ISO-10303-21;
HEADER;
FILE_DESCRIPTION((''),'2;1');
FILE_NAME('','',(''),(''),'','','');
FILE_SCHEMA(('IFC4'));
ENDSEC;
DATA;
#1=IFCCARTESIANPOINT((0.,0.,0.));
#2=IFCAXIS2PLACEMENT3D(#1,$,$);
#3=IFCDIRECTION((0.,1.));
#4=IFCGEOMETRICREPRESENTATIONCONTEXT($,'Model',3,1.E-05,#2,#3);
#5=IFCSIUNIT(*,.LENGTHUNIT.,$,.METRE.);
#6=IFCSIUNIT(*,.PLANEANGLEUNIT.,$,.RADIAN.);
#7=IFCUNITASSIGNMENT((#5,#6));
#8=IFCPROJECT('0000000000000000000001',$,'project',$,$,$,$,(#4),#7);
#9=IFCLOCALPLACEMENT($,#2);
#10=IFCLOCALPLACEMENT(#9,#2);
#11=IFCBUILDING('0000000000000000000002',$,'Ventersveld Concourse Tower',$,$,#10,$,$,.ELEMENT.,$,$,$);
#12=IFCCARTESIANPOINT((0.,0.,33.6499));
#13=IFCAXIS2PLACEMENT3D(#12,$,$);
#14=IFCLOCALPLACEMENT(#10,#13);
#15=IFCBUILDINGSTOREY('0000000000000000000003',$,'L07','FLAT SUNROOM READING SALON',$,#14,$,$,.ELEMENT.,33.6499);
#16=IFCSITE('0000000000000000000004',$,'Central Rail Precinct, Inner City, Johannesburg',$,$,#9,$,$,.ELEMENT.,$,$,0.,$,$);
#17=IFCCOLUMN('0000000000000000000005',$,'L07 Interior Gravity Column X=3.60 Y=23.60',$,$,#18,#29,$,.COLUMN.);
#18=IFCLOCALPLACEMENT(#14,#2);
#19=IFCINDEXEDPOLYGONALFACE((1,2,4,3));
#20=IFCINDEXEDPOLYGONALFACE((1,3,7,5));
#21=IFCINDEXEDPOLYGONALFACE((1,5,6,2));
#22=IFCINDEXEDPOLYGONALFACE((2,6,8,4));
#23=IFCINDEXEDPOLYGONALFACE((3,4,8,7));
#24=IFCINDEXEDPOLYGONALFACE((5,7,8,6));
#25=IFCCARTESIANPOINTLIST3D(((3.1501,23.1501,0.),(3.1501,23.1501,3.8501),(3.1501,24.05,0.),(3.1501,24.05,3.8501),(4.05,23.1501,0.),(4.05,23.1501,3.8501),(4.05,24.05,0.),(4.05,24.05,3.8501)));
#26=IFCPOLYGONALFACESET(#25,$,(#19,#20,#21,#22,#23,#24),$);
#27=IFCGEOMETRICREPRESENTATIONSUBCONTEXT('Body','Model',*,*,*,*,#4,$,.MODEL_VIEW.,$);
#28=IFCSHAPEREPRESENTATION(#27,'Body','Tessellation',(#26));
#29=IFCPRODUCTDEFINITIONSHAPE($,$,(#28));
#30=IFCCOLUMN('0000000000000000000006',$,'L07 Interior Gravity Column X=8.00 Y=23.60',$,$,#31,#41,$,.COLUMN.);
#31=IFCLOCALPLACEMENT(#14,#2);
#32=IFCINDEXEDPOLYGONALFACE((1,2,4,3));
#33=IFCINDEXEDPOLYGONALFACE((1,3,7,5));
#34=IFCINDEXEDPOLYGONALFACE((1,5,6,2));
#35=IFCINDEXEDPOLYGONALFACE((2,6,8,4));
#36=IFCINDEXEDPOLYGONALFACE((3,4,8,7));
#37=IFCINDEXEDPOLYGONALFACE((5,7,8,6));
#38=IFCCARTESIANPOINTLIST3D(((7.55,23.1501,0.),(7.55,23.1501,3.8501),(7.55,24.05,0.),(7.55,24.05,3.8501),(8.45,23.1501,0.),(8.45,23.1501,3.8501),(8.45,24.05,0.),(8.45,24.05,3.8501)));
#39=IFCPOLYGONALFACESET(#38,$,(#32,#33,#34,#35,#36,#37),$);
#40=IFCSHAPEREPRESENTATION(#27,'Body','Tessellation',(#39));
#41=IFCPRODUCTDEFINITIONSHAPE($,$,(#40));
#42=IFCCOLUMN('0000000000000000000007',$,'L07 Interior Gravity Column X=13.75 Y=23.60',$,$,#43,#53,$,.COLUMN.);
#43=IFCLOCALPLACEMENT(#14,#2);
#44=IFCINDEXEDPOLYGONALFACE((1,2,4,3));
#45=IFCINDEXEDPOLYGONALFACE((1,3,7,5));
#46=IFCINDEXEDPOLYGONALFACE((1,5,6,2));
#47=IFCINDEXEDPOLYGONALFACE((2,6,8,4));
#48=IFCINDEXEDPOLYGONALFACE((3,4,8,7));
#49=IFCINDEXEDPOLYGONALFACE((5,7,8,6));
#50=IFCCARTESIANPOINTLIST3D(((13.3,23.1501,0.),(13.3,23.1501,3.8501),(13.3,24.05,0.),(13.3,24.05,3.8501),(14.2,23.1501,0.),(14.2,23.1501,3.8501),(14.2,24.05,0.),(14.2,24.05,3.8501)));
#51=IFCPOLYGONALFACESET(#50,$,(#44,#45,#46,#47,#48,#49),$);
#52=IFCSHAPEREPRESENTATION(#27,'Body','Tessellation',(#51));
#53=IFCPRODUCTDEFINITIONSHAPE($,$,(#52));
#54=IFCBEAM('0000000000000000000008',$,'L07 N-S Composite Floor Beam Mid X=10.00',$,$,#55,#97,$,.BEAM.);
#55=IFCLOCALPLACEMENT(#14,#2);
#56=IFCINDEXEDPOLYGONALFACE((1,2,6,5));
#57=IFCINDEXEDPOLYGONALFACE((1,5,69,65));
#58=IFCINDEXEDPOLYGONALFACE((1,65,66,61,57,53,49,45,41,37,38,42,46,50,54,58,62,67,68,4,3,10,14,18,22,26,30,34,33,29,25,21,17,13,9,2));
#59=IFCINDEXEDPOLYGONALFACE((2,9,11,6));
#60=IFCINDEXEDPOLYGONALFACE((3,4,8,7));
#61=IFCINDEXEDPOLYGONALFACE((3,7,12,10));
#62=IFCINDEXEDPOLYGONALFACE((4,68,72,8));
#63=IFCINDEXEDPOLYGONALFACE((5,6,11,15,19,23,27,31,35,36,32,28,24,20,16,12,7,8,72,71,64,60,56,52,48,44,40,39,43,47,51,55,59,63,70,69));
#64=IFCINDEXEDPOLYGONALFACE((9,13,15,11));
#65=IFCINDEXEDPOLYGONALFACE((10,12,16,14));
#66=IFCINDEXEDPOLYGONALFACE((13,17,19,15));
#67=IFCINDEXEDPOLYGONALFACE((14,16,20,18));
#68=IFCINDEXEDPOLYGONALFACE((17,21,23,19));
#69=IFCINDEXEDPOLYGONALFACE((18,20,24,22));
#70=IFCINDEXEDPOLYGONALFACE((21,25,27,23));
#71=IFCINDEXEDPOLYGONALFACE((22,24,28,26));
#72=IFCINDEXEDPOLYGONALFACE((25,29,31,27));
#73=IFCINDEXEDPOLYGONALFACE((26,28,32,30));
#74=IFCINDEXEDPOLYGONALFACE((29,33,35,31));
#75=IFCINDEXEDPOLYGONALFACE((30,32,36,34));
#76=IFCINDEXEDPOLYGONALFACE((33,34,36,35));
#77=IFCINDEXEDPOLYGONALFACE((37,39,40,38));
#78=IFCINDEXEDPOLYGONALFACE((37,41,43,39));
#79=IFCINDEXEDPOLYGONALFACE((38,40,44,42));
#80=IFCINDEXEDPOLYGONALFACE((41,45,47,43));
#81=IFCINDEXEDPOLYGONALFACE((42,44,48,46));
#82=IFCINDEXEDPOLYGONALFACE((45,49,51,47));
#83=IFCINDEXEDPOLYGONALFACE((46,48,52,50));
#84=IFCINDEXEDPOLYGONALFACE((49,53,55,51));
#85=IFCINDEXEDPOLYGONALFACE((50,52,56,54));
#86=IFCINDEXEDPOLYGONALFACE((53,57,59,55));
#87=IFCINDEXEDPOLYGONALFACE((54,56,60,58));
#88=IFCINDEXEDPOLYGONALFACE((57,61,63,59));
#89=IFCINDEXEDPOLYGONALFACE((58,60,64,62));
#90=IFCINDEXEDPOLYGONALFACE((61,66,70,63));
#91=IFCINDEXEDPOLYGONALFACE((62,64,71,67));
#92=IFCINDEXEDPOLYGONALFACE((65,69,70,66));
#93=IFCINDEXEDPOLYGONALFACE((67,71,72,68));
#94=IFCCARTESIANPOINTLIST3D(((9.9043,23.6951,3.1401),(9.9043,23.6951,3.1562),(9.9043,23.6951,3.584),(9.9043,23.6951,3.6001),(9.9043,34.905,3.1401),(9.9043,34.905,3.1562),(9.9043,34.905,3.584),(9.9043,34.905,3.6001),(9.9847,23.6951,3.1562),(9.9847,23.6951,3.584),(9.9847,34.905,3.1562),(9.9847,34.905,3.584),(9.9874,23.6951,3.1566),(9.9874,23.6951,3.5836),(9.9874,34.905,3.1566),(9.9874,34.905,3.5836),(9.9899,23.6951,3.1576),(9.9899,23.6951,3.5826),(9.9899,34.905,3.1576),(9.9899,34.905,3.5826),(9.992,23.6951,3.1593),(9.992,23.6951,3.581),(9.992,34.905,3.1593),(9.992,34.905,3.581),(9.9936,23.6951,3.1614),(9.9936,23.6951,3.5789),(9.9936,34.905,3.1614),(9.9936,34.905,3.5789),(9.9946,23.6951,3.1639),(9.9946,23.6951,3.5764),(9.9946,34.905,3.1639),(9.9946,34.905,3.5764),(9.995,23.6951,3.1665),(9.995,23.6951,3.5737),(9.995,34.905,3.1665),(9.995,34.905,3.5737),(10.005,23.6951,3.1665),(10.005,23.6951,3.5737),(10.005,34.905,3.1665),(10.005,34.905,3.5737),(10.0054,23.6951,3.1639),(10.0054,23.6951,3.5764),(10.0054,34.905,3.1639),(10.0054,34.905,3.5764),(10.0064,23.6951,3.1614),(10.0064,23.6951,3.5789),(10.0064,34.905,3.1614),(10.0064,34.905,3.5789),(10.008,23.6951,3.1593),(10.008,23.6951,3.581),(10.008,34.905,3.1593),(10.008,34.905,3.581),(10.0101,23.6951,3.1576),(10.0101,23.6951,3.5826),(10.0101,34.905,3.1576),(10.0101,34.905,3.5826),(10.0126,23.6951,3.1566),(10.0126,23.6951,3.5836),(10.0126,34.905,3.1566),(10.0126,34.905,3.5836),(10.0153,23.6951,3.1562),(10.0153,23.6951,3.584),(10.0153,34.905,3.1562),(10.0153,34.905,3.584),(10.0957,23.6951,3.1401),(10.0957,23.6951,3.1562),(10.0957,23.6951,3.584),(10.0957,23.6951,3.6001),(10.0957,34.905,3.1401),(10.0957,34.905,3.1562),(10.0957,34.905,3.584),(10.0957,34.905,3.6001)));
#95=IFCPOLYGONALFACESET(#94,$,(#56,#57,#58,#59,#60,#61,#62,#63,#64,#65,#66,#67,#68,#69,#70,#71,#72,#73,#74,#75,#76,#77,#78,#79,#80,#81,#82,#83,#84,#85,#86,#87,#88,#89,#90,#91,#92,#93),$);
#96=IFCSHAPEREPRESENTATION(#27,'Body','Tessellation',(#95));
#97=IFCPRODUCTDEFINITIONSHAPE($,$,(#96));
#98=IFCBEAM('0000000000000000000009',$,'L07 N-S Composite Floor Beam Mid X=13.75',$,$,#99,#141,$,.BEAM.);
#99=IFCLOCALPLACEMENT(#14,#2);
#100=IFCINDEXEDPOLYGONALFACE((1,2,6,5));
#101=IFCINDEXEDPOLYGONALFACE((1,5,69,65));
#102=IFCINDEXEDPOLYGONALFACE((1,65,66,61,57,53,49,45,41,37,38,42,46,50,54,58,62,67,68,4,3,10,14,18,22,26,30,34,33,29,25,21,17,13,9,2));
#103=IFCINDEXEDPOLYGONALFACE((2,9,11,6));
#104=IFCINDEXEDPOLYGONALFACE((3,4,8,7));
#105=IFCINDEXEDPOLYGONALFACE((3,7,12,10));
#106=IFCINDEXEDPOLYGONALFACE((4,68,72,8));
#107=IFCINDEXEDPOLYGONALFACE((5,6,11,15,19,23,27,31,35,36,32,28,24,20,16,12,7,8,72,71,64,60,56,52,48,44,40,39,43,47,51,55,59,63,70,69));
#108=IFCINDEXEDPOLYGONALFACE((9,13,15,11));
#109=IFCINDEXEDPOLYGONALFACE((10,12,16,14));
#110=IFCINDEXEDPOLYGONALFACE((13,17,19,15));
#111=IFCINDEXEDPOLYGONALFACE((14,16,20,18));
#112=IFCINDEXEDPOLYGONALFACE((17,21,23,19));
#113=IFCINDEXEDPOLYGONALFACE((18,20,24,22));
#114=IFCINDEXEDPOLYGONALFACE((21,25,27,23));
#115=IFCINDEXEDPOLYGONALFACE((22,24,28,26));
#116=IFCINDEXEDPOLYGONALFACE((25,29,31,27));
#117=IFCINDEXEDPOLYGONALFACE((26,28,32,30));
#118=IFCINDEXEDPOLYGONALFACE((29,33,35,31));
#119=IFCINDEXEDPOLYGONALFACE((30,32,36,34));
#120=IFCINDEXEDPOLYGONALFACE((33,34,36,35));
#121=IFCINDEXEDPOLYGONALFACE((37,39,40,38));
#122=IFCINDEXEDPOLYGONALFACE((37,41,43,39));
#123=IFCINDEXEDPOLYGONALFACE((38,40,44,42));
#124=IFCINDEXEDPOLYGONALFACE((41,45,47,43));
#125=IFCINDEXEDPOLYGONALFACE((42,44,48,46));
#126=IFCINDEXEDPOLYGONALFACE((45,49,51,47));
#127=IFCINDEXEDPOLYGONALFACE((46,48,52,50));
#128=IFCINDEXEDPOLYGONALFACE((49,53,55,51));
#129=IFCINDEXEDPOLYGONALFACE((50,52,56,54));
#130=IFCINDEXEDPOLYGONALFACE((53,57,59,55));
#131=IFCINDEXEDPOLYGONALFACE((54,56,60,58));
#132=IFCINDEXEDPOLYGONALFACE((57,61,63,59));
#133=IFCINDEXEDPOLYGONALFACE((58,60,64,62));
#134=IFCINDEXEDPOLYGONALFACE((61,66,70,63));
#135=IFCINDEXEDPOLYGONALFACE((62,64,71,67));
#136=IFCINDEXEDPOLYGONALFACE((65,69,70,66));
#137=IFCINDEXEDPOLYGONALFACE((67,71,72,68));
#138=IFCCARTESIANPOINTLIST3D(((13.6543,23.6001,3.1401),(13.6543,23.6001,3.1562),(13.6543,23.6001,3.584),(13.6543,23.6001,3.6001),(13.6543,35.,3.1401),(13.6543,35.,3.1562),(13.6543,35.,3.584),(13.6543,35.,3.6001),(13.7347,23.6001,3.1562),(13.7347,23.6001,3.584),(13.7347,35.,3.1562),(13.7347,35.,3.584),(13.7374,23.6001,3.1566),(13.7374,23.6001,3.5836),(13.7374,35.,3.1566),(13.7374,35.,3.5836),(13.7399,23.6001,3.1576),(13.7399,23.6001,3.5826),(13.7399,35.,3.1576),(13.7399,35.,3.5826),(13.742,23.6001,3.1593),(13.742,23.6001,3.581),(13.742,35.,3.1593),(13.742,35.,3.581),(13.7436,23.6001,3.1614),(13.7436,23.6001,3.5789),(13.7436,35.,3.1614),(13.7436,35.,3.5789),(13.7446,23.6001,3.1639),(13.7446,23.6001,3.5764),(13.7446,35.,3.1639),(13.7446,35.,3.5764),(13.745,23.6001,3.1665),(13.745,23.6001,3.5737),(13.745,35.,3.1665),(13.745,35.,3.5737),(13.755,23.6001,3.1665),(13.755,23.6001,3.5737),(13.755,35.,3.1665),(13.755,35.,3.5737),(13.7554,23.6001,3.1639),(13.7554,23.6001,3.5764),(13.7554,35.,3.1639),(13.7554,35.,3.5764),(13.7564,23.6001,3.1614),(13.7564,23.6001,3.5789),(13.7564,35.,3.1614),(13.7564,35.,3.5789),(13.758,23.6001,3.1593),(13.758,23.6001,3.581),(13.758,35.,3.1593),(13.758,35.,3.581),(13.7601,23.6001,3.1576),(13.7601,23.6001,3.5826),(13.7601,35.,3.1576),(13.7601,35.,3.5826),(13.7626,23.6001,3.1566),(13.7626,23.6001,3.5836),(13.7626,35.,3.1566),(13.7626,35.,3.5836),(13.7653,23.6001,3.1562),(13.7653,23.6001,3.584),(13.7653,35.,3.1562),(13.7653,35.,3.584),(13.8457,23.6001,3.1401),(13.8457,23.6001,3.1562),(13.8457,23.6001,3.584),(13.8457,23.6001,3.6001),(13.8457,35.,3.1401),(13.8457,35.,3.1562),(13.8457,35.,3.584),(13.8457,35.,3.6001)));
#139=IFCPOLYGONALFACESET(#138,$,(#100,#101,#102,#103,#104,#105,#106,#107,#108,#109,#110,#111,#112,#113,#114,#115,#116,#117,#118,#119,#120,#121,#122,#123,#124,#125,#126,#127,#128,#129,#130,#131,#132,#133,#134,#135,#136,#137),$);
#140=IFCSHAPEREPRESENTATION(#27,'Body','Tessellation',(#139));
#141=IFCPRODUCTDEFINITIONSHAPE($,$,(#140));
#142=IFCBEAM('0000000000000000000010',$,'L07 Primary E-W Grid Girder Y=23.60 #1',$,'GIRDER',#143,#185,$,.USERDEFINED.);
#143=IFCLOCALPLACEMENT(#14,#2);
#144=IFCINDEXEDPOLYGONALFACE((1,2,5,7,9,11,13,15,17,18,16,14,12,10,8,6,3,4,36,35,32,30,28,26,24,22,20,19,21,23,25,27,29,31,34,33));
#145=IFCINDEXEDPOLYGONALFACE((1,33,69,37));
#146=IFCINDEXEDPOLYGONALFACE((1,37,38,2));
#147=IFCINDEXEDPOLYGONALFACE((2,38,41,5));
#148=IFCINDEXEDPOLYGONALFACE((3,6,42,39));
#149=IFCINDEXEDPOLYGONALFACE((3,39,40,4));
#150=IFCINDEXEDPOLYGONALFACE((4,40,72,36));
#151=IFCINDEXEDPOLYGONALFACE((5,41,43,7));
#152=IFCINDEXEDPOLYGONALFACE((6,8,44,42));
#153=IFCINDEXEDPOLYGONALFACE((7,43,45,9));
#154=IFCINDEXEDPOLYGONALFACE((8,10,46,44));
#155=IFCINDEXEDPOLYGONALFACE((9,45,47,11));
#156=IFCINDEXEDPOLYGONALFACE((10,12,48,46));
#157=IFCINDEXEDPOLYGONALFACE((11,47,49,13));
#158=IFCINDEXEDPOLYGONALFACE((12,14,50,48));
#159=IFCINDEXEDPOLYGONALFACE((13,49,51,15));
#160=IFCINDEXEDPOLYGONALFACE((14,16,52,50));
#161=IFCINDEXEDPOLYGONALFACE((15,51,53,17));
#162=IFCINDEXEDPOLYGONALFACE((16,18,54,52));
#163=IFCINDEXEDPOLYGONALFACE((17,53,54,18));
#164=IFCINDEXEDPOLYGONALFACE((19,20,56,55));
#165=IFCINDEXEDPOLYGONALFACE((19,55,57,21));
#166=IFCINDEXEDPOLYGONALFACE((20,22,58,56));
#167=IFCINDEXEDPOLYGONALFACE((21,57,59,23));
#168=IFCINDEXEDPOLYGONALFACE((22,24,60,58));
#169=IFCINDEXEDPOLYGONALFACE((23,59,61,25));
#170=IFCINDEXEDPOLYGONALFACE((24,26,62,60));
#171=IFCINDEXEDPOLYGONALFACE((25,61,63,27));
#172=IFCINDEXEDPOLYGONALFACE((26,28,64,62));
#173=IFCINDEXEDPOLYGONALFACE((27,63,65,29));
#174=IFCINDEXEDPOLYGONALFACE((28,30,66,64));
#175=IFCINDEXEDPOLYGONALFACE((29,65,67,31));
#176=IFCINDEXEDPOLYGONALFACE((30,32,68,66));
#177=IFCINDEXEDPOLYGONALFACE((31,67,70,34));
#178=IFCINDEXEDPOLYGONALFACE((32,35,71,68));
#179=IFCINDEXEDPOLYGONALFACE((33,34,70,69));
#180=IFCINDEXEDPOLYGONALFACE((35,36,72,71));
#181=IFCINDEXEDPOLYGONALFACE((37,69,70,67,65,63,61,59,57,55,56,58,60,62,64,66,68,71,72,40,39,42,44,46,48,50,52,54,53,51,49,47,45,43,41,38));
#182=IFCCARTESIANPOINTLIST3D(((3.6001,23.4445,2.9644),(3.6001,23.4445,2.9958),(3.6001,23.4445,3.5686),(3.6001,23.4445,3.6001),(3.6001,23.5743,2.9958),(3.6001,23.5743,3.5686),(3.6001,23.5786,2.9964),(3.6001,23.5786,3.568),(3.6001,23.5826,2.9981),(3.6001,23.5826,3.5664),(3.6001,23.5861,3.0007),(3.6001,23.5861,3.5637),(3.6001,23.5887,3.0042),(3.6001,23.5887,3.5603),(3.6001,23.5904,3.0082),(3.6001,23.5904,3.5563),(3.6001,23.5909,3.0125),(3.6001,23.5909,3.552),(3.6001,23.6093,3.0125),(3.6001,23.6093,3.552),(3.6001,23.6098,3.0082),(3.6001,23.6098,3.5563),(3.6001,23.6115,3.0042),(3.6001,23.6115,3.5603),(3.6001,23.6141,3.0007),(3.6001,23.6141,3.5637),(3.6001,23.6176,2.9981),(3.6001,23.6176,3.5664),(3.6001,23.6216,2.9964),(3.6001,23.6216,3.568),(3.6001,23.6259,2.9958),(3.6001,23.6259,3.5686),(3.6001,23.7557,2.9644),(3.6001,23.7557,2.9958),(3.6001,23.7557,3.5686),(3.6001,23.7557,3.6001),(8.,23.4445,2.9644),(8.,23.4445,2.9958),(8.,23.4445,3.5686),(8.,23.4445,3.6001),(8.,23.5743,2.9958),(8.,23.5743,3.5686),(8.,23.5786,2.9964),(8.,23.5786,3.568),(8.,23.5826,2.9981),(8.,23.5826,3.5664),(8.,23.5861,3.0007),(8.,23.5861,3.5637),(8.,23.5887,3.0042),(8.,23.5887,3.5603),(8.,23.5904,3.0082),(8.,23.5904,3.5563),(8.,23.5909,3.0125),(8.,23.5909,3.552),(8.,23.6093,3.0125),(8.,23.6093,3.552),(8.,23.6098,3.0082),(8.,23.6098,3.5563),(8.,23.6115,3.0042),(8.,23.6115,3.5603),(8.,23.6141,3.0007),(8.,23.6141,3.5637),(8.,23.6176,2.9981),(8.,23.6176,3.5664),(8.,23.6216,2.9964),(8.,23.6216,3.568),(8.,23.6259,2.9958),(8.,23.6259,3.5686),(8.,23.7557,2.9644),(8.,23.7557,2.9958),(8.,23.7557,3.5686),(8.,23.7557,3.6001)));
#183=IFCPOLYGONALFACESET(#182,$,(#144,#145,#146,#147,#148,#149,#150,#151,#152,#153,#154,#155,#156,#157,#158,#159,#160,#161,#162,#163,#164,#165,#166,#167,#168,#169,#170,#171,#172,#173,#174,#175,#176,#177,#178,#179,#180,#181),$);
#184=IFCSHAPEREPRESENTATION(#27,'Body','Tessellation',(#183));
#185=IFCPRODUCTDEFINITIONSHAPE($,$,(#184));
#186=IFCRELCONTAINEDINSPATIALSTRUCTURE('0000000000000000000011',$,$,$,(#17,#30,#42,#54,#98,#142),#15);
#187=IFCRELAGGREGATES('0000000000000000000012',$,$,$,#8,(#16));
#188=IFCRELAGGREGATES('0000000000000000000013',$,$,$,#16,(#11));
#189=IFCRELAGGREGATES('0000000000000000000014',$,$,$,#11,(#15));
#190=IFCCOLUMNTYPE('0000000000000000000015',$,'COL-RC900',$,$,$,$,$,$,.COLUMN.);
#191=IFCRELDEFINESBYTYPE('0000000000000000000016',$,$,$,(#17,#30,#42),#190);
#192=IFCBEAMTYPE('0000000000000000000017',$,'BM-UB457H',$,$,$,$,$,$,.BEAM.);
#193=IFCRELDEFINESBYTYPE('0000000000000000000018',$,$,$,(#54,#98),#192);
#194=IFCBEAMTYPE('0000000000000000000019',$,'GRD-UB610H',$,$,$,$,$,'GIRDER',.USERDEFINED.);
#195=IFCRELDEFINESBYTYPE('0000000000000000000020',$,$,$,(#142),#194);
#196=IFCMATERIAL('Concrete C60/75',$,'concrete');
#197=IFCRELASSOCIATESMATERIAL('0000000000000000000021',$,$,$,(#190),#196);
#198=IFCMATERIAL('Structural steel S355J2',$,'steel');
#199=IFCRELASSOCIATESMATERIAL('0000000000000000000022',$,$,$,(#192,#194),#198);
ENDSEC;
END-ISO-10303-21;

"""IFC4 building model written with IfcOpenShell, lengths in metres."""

from ifc_helpers import new_model, si_unit, direction, frame, origin, origin_2d, place, context, subcontext, project, spatial, rectangle, i_section, extrude, material, material_profile, profile_set, type_object, element, save


model = new_model("IFC4")

# Units and contexts
model_context = context("Model", 3, precision=1e-05, world=origin(), true_north=direction((0.0, 1.0)))
body_context = subcontext(model_context, "Body", "Model", "MODEL_VIEW")
ifc_project = project(units=[si_unit("LENGTHUNIT", "METRE"), si_unit("PLANEANGLEUNIT", "RADIAN")], contexts=[model_context])

# Site, building, storey
site_placement = place(None, origin())
site = spatial("IfcSite", under=ifc_project, at=site_placement, Name="Central Rail Precinct, Inner City, Johannesburg", CompositionType="ELEMENT", RefElevation=0.0)
building_placement = place(site_placement, origin())
building = spatial("IfcBuilding", under=site, at=building_placement, Name="Ventersveld Concourse Tower", CompositionType="ELEMENT")
storey_placement = place(building_placement, frame((0.0, 0.0, 33.6499)))
storey = spatial("IfcBuildingStorey", under=building, at=storey_placement, Name="L07", Description="FLAT SUNROOM READING SALON", CompositionType="ELEMENT", Elevation=33.6499)

# Columns
ifc_material_1 = material(Name="Concrete C60/75", Category="concrete")
ifc_material_profile_1 = material_profile(ifc_material_1, rectangle(XDim=0.8999, YDim=0.8999, at=origin_2d()), Name="RC 900x900")
ifc_profile_set_1 = profile_set([ifc_material_profile_1], Name="Concrete C60/75")
column_type = type_object("IfcColumnType", Name="COL-RC900", PredefinedType="COLUMN", material=ifc_profile_set_1)
for number, where, z_axis, x_axis, name in (
    (1, (3.6001, 23.6001, 0.0), (0.0, 0.0, 1.0), (1.0, 0.0, 0.0), "L07 Interior Gravity Column X=3.60 Y=23.60"),
    (2, (8.0, 23.6001, 0.0), (0.0, 0.0, 1.0), (1.0, 0.0, 0.0), "L07 Interior Gravity Column X=8.00 Y=23.60"),
    (3, (13.75, 23.6001, 0.0), (0.0, 0.0, 1.0), (1.0, 0.0, 0.0), "L07 Interior Gravity Column X=13.75 Y=23.60"),
):
    element("IfcColumn", number, at=place(storey_placement, frame(where, z_axis=z_axis, x_axis=x_axis)), inside=storey, type_object=column_type, Name=name, PredefinedType="COLUMN", context=body_context, shape_type="SweptSolid", body=[
        extrude(rectangle(XDim=0.8999, YDim=0.8999, at=origin_2d()), origin(), (0.0, 0.0, 1.0), 3.8501),
    ])

# Beams
ifc_material_2 = material(Name="Structural steel S355J2", Category="steel")
ifc_material_profile_2 = material_profile(ifc_material_2, i_section(OverallWidth=0.1914, OverallDepth=0.46, WebThickness=0.01, FlangeThickness=0.0161, FilletRadius=0.0103, at=origin_2d()), Name="UB 457x191x82")
ifc_profile_set_2 = profile_set([ifc_material_profile_2], Name="Structural steel S355J2")
beam_type_1 = type_object("IfcBeamType", Name="BM-UB457H", PredefinedType="BEAM", material=ifc_profile_set_2)
beam_1_placement = place(storey_placement, frame((10.0, 23.6951, 3.3701), z_axis=(0.0, 1.0, 0.0), x_axis=(-1.0, 0.0, 0.0)))
element("IfcBeam", 4, at=beam_1_placement, inside=storey, type_object=beam_type_1, Name="L07 N-S Composite Floor Beam Mid X=10.00", PredefinedType="BEAM", context=body_context, shape_type="SweptSolid", body=[
    extrude(i_section(OverallWidth=0.1914, OverallDepth=0.46, WebThickness=0.01, FlangeThickness=0.0161, FilletRadius=0.0103, at=origin_2d()), origin(), (0.0, 0.0, 1.0), 11.21),
])
beam_2_placement = place(storey_placement, frame((13.75, 23.6001, 3.3701), z_axis=(0.0, 1.0, 0.0), x_axis=(-1.0, 0.0, 0.0)))
element("IfcBeam", 5, at=beam_2_placement, inside=storey, type_object=beam_type_1, Name="L07 N-S Composite Floor Beam Mid X=13.75", PredefinedType="BEAM", context=body_context, shape_type="SweptSolid", body=[
    extrude(i_section(OverallWidth=0.1914, OverallDepth=0.46, WebThickness=0.01, FlangeThickness=0.0161, FilletRadius=0.0103, at=origin_2d()), origin(), (0.0, 0.0, 1.0), 11.3999),
])
ifc_material_profile_3 = material_profile(ifc_material_2, i_section(OverallWidth=0.3113, OverallDepth=0.6357, WebThickness=0.0183, FlangeThickness=0.0315, FilletRadius=0.0166, at=origin_2d()), Name="UB 610x305x238")
ifc_profile_set_3 = profile_set([ifc_material_profile_3], Name="Structural steel S355J2")
beam_type_2 = type_object("IfcBeamType", Name="GRD-UB610H", ElementType="GIRDER", PredefinedType="USERDEFINED", material=ifc_profile_set_3)
beam_3_placement = place(storey_placement, frame((3.6001, 23.6001, 3.2822), z_axis=(1.0, 0.0, 0.0), x_axis=(0.0, 1.0, 0.0)))
element("IfcBeam", 6, at=beam_3_placement, inside=storey, type_object=beam_type_2, Name="L07 Primary E-W Grid Girder Y=23.60 #1", ObjectType="GIRDER", PredefinedType="USERDEFINED", context=body_context, shape_type="SweptSolid", body=[
    extrude(i_section(OverallWidth=0.3113, OverallDepth=0.6357, WebThickness=0.0183, FlangeThickness=0.0315, FilletRadius=0.0166, at=origin_2d()), origin(), (0.0, 0.0, 1.0), 4.3999),
])

save(model, "model.ifc")
